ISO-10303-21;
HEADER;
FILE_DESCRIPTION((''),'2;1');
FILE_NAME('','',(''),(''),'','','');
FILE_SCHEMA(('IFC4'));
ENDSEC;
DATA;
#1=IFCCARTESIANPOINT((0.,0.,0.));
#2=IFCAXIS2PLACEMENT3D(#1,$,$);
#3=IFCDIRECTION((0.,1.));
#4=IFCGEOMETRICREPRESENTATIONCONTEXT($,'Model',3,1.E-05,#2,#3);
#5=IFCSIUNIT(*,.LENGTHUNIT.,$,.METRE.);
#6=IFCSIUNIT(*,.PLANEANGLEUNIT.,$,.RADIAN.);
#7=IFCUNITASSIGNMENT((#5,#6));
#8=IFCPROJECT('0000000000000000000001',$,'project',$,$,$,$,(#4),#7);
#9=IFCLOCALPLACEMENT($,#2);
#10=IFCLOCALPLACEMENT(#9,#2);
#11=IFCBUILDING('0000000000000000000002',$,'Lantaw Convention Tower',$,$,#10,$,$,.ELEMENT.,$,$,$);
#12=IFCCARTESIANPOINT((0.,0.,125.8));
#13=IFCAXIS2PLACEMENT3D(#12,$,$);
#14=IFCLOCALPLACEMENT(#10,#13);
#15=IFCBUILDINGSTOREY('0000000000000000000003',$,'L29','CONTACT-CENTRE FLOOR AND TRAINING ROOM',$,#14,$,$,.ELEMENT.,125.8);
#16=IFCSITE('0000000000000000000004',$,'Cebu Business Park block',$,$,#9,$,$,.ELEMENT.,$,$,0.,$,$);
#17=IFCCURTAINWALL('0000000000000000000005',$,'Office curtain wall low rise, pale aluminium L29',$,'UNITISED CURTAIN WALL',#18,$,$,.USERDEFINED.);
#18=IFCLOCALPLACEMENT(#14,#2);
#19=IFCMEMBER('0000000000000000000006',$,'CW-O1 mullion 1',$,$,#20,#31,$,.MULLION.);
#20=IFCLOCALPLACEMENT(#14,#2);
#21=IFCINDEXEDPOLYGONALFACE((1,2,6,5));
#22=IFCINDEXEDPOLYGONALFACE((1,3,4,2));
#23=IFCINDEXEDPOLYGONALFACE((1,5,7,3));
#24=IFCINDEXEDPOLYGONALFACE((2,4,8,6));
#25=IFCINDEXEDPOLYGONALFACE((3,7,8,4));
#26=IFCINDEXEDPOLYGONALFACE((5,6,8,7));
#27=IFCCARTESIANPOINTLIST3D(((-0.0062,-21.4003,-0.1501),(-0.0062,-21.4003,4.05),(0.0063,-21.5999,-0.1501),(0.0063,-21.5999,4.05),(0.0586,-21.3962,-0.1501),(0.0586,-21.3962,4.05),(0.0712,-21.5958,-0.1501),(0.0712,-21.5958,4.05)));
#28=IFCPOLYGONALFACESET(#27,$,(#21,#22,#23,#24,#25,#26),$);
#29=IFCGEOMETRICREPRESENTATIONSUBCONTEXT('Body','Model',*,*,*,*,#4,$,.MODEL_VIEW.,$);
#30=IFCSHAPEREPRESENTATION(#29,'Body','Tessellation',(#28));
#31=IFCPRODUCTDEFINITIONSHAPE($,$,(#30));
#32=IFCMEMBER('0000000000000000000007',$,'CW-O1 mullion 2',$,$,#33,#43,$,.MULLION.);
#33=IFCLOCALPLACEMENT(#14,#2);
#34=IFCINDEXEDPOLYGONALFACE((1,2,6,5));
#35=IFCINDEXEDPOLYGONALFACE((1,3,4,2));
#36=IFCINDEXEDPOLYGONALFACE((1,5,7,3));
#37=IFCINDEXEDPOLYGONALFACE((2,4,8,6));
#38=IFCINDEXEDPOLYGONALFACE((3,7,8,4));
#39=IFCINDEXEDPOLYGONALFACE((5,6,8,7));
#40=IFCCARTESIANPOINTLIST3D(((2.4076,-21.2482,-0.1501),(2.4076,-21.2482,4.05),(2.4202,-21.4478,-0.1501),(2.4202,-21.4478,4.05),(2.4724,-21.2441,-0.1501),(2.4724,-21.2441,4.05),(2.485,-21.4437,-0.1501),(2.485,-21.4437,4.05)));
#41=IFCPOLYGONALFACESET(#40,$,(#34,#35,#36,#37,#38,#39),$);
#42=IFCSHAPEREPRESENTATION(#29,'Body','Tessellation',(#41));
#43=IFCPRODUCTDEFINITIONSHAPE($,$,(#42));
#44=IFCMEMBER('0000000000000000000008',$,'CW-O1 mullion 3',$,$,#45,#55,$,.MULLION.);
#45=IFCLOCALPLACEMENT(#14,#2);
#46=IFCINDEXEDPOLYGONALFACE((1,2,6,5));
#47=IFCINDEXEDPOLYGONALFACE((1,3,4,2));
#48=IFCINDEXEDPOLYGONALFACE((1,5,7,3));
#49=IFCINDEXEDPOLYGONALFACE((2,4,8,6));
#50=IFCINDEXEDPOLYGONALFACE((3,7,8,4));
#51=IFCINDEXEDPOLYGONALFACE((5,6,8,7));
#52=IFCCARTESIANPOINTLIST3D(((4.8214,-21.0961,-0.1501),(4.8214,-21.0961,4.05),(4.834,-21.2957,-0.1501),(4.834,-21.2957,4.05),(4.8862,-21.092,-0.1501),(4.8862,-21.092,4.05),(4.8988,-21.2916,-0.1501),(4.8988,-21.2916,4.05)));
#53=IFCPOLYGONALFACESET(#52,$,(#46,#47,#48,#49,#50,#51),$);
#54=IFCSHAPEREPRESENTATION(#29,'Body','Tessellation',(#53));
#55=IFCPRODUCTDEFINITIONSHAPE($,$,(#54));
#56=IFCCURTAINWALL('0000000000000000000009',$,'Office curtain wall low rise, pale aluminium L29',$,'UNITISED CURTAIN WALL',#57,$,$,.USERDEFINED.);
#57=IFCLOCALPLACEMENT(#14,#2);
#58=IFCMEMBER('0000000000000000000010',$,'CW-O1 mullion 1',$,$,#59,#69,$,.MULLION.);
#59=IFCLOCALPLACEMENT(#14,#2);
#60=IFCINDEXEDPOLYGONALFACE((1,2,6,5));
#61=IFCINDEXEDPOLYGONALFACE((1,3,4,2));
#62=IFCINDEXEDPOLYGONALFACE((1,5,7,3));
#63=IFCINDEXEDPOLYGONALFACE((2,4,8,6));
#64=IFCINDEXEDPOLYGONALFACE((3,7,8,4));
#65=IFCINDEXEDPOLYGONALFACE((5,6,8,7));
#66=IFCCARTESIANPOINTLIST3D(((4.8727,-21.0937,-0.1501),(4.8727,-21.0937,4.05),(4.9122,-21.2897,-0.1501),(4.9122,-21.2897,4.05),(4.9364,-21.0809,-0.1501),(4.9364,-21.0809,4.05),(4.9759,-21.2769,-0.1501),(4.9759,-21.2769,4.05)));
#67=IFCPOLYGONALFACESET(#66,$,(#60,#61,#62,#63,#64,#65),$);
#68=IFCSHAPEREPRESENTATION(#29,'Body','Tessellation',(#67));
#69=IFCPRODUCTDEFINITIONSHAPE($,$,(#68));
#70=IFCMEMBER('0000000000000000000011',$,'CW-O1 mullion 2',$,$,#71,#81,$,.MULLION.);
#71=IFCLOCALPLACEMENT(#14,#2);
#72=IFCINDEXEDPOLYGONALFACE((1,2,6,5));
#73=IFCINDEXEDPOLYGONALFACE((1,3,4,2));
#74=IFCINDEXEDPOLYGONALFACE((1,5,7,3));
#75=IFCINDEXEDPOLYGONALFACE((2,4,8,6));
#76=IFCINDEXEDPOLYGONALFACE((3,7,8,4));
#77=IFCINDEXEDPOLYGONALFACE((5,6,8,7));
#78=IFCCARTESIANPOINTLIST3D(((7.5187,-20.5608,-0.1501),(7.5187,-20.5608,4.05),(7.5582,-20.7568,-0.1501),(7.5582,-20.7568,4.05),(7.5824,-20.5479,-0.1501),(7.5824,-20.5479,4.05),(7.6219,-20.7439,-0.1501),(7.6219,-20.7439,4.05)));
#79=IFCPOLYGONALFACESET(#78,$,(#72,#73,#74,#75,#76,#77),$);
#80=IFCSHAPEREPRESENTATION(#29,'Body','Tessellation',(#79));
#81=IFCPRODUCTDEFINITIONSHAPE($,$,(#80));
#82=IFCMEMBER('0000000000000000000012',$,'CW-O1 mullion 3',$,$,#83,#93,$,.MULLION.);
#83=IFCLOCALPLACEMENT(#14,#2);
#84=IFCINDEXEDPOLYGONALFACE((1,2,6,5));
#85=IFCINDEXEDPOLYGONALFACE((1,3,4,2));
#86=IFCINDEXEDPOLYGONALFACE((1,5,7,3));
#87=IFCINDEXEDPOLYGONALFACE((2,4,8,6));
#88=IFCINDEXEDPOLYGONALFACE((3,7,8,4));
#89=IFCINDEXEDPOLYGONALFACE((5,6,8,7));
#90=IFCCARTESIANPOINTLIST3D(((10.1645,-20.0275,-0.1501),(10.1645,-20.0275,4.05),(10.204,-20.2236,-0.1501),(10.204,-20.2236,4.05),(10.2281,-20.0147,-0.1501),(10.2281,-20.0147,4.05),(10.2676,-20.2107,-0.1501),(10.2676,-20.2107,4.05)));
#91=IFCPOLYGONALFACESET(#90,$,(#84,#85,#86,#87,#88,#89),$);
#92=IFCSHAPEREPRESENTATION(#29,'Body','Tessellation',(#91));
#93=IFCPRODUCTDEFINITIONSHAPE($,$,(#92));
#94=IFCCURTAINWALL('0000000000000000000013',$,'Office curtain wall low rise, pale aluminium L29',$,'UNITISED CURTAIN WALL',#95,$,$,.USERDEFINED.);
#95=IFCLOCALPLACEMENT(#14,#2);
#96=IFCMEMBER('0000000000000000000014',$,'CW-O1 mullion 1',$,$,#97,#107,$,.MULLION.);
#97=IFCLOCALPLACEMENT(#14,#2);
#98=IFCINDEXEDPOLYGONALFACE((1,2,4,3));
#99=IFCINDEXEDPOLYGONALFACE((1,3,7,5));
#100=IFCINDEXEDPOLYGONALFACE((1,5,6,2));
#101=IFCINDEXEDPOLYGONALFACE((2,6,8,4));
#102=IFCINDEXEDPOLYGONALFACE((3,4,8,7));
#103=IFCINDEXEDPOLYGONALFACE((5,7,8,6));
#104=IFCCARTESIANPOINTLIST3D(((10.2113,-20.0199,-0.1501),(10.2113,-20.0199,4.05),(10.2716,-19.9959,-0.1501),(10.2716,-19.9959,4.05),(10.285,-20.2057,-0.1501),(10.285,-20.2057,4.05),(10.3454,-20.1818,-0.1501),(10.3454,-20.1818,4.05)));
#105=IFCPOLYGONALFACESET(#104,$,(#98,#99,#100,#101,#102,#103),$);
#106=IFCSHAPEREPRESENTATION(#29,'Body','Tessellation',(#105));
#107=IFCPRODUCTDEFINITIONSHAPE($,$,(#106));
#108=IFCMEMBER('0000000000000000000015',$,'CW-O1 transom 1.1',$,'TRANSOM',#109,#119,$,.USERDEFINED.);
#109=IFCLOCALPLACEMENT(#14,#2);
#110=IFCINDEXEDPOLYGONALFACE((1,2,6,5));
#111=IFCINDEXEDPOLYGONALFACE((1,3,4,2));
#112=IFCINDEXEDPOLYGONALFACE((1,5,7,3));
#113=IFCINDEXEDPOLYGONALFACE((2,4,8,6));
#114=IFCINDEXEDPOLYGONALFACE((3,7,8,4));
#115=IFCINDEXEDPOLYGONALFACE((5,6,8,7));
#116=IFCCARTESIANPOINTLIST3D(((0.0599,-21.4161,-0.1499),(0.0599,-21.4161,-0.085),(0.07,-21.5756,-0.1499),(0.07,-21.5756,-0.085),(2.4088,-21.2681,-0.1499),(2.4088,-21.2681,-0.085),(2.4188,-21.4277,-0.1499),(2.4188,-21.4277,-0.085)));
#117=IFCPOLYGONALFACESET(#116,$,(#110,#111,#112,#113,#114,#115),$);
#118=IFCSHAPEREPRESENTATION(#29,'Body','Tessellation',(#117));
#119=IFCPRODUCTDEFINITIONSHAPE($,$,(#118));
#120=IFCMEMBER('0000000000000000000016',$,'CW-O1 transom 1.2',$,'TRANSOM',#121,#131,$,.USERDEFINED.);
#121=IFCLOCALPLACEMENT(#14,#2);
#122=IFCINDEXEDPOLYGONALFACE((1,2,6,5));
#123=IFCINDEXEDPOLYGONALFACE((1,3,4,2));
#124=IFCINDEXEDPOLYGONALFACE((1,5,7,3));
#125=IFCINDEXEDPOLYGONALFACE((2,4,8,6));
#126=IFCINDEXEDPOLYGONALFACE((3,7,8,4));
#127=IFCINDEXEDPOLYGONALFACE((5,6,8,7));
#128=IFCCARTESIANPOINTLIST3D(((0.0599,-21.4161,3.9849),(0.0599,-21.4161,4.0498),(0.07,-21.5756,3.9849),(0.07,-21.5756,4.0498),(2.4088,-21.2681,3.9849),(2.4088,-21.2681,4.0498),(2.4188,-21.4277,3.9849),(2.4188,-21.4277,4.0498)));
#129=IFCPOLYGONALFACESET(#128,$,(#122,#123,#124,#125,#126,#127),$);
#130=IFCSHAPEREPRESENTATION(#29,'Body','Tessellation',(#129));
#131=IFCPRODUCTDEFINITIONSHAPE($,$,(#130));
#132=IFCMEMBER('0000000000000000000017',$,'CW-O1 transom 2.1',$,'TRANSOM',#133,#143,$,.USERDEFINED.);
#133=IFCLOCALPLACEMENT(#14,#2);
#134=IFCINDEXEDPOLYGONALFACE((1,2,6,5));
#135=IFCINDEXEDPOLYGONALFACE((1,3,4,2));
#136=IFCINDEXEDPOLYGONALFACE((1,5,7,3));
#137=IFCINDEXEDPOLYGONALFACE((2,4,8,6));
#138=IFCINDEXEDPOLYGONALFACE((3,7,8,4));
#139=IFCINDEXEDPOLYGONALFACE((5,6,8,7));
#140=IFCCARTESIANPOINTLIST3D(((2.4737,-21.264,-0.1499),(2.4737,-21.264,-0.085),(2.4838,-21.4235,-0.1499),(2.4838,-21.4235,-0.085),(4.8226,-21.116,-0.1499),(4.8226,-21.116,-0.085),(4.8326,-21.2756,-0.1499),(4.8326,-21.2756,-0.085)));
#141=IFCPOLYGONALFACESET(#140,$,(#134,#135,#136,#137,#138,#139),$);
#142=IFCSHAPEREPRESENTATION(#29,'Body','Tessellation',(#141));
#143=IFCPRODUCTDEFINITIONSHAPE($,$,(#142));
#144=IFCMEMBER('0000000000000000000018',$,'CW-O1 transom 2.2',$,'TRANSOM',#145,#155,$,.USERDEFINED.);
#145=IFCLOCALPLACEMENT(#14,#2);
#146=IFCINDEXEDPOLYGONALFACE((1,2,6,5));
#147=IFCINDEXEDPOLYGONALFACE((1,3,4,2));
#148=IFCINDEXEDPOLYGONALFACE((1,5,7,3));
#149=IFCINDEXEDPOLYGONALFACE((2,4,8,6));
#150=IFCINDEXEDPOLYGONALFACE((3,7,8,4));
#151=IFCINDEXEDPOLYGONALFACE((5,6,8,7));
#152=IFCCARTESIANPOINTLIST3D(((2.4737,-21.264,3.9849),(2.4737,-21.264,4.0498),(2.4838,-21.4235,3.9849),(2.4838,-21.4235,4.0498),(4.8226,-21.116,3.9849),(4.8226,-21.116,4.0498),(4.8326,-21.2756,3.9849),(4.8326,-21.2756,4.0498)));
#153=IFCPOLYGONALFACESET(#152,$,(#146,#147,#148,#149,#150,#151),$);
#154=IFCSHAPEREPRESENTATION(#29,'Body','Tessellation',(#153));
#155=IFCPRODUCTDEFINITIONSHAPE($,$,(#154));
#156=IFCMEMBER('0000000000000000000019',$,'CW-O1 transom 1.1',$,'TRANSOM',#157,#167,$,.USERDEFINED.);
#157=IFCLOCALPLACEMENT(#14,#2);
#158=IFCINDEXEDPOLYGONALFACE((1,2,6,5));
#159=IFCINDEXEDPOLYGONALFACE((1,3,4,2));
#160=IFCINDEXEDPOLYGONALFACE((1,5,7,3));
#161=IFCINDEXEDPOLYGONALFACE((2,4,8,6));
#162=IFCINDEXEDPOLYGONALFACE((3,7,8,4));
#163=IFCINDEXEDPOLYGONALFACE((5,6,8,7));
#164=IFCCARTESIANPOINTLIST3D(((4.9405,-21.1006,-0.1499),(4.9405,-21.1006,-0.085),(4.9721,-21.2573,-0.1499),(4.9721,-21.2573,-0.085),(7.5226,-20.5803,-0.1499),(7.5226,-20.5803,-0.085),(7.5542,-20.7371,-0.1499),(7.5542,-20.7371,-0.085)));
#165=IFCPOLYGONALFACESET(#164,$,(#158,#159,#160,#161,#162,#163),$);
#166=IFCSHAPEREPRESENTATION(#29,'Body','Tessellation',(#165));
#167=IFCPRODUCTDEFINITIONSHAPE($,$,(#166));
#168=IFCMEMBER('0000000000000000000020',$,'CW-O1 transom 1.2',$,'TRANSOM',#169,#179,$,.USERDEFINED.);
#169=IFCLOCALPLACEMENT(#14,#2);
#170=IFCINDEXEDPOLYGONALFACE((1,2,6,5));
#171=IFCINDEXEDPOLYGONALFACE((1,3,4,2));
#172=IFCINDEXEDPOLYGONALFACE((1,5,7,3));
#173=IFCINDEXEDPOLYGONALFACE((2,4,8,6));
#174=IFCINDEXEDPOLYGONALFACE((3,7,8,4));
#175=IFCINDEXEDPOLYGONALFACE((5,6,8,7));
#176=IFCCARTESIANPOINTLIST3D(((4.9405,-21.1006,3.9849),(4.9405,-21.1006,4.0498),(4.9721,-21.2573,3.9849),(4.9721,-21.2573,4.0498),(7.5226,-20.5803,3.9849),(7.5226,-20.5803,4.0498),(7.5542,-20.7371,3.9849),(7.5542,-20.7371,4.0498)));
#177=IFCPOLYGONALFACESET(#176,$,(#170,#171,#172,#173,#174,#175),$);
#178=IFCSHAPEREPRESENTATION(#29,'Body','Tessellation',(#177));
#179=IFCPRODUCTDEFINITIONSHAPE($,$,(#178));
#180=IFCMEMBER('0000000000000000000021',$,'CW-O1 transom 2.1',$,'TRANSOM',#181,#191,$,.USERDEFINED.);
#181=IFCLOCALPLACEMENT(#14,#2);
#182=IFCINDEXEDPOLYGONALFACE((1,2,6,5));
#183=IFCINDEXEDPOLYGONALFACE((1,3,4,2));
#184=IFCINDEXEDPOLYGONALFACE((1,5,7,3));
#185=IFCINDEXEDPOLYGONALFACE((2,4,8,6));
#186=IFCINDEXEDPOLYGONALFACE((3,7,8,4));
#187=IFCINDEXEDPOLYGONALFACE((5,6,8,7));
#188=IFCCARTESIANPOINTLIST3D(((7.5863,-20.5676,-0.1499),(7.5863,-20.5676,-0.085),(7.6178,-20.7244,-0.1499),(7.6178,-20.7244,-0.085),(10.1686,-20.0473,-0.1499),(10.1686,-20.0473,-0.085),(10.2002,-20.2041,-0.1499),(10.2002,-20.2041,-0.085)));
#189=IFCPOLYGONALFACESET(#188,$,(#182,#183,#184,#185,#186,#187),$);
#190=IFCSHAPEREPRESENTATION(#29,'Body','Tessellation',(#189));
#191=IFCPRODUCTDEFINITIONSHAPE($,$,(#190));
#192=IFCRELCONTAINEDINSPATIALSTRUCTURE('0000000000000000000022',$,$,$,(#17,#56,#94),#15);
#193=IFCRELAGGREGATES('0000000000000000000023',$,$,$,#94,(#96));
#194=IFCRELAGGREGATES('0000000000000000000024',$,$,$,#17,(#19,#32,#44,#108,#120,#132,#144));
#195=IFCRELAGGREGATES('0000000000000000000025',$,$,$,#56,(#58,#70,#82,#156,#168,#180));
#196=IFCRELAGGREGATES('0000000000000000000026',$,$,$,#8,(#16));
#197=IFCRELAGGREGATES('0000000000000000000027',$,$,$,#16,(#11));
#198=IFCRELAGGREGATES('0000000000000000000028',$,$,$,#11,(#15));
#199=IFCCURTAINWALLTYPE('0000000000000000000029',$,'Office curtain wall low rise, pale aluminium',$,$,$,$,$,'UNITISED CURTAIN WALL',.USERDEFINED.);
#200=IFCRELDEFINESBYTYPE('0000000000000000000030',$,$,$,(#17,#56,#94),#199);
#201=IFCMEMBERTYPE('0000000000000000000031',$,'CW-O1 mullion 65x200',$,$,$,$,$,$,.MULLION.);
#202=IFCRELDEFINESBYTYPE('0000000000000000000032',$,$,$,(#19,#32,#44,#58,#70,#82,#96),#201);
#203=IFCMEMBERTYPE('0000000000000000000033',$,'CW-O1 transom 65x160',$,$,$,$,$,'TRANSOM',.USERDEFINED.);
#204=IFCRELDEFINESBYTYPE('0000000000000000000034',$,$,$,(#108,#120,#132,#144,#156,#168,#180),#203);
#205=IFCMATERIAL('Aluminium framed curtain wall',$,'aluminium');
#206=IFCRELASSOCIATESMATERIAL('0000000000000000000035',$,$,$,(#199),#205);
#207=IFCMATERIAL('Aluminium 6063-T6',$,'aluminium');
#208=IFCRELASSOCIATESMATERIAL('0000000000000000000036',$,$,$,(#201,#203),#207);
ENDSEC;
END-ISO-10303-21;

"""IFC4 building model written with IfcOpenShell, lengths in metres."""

from ifc_helpers import new_model, si_unit, direction, frame, origin, origin_2d, place, context, subcontext, project, spatial, rectangle, extrude, material, material_profile, profile_set, type_object, element, aggregate, save


model = new_model("IFC4")

# Units and contexts
model_context = context("Model", 3, precision=1e-05, world=origin(), true_north=direction((0.0, 1.0)))
body_context = subcontext(model_context, "Body", "Model", "MODEL_VIEW")
ifc_project = project(units=[si_unit("LENGTHUNIT", "METRE"), si_unit("PLANEANGLEUNIT", "RADIAN")], contexts=[model_context])

# Site, building, storey
site_placement = place(None, origin())
site = spatial("IfcSite", under=ifc_project, at=site_placement, Name="Cebu Business Park block", CompositionType="ELEMENT", RefElevation=0.0)
building_placement = place(site_placement, origin())
building = spatial("IfcBuilding", under=site, at=building_placement, Name="Lantaw Convention Tower", CompositionType="ELEMENT")
storey_placement = place(building_placement, frame((0.0, 0.0, 125.8)))
storey = spatial("IfcBuildingStorey", under=building, at=storey_placement, Name="L29", Description="CONTACT-CENTRE FLOOR AND TRAINING ROOM", CompositionType="ELEMENT", Elevation=125.8)

# Curtain walls, members
ifc_material_1 = material(Name="Aluminium framed curtain wall", Category="aluminium")
curtain_wall_type = type_object("IfcCurtainWallType", Name="Office curtain wall low rise, pale aluminium", ElementType="UNITISED CURTAIN WALL", PredefinedType="USERDEFINED", material=ifc_material_1)
curtain_wall_1_placement = place(storey_placement, origin())
curtain_wall_1 = element("IfcCurtainWall", 1, at=curtain_wall_1_placement, inside=storey, type_object=curtain_wall_type, Name="Office curtain wall low rise, pale aluminium L29", ObjectType="UNITISED CURTAIN WALL", PredefinedType="USERDEFINED")
ifc_material_2 = material(Name="Aluminium 6063-T6", Category="aluminium")
ifc_material_profile_1 = material_profile(ifc_material_2, rectangle(XDim=0.2, YDim=0.0649, at=origin_2d()), Name="CW-O1 mullion 65x200")
ifc_profile_set_1 = profile_set([ifc_material_profile_1], Name="Aluminium 6063-T6")
member_type_1 = type_object("IfcMemberType", Name="CW-O1 mullion 65x200", PredefinedType="MULLION", material=ifc_profile_set_1)
member_1_placement = place(storey_placement, frame((0.0325, -21.498, -0.1501), z_axis=(0.0, 0.0, 1.0), x_axis=(-0.062865, 0.998022, 0.0)))
member_1 = element("IfcMember", 2, at=member_1_placement, type_object=member_type_1, Name="CW-O1 mullion 1", PredefinedType="MULLION", context=body_context, shape_type="SweptSolid", body=[
    extrude(rectangle(XDim=0.2, YDim=0.0649, at=origin_2d()), origin(), (0.0, 0.0, 1.0), 4.2002),
])
member_2_placement = place(storey_placement, frame((2.4463, -21.3459, -0.1501), z_axis=(0.0, 0.0, 1.0), x_axis=(-0.062865, 0.998022, 0.0)))
member_2 = element("IfcMember", 3, at=member_2_placement, type_object=member_type_1, Name="CW-O1 mullion 2", PredefinedType="MULLION", context=body_context, shape_type="SweptSolid", body=[
    extrude(rectangle(XDim=0.2, YDim=0.0649, at=origin_2d()), origin(), (0.0, 0.0, 1.0), 4.2002),
])
member_3_placement = place(storey_placement, frame((4.8601, -21.1938, -0.1501), z_axis=(0.0, 0.0, 1.0), x_axis=(-0.062865, 0.998022, 0.0)))
member_3 = element("IfcMember", 4, at=member_3_placement, type_object=member_type_1, Name="CW-O1 mullion 3", PredefinedType="MULLION", context=body_context, shape_type="SweptSolid", body=[
    extrude(rectangle(XDim=0.2, YDim=0.0649, at=origin_2d()), origin(), (0.0, 0.0, 1.0), 4.2002),
])
curtain_wall_2_placement = place(storey_placement, origin())
curtain_wall_2 = element("IfcCurtainWall", 5, at=curtain_wall_2_placement, inside=storey, type_object=curtain_wall_type, Name="Office curtain wall low rise, pale aluminium L29", ObjectType="UNITISED CURTAIN WALL", PredefinedType="USERDEFINED")
member_4_placement = place(storey_placement, frame((4.9243, -21.1853, -0.1501), z_axis=(0.0, 0.0, 1.0), x_axis=(-0.197507, 0.980302, 0.0)))
member_4 = element("IfcMember", 6, at=member_4_placement, type_object=member_type_1, Name="CW-O1 mullion 1", PredefinedType="MULLION", context=body_context, shape_type="SweptSolid", body=[
    extrude(rectangle(XDim=0.2, YDim=0.0649, at=origin_2d()), origin(), (0.0, 0.0, 1.0), 4.2002),
])
member_5_placement = place(storey_placement, frame((7.5703, -20.6523, -0.1501), z_axis=(0.0, 0.0, 1.0), x_axis=(-0.197507, 0.980302, 0.0)))
member_5 = element("IfcMember", 7, at=member_5_placement, type_object=member_type_1, Name="CW-O1 mullion 2", PredefinedType="MULLION", context=body_context, shape_type="SweptSolid", body=[
    extrude(rectangle(XDim=0.2, YDim=0.0649, at=origin_2d()), origin(), (0.0, 0.0, 1.0), 4.2002),
])
member_6_placement = place(storey_placement, frame((10.2161, -20.1191, -0.1501), z_axis=(0.0, 0.0, 1.0), x_axis=(-0.197507, 0.980302, 0.0)))
member_6 = element("IfcMember", 8, at=member_6_placement, type_object=member_type_1, Name="CW-O1 mullion 3", PredefinedType="MULLION", context=body_context, shape_type="SweptSolid", body=[
    extrude(rectangle(XDim=0.2, YDim=0.0649, at=origin_2d()), origin(), (0.0, 0.0, 1.0), 4.2002),
])

# Curtain wall, member
curtain_wall_3_placement = place(storey_placement, origin())
curtain_wall_3 = element("IfcCurtainWall", 9, at=curtain_wall_3_placement, inside=storey, type_object=curtain_wall_type, Name="Office curtain wall low rise, pale aluminium L29", ObjectType="UNITISED CURTAIN WALL", PredefinedType="USERDEFINED")
member_7_placement = place(storey_placement, frame((10.2783, -20.1008, -0.1501), z_axis=(0.0, 0.0, 1.0), x_axis=(-0.368702, 0.929548, 0.0)))
member_7 = element("IfcMember", 10, at=member_7_placement, type_object=member_type_1, Name="CW-O1 mullion 1", PredefinedType="MULLION", context=body_context, shape_type="SweptSolid", body=[
    extrude(rectangle(XDim=0.2, YDim=0.0649, at=origin_2d()), origin(), (0.0, 0.0, 1.0), 4.2002),
])

# Members
ifc_material_profile_2 = material_profile(ifc_material_2, rectangle(XDim=0.1599, YDim=0.0649, at=origin_2d()), Name="CW-O1 transom 65x160")
ifc_profile_set_2 = profile_set([ifc_material_profile_2], Name="Aluminium 6063-T6")
member_type_2 = type_object("IfcMemberType", Name="CW-O1 transom 65x160", ElementType="TRANSOM", PredefinedType="USERDEFINED", material=ifc_profile_set_2)
member_8_placement = place(storey_placement, frame((0.0649, -21.4958, -0.1174), z_axis=(0.998022, 0.062863, 0.0), x_axis=(-0.062863, 0.998022, 0.0)))
member_8 = element("IfcMember", 11, at=member_8_placement, type_object=member_type_2, Name="CW-O1 transom 1.1", ObjectType="TRANSOM", PredefinedType="USERDEFINED", context=body_context, shape_type="SweptSolid", body=[
    extrude(rectangle(XDim=0.1599, YDim=0.0649, at=origin_2d()), origin(), (0.0, 0.0, 1.0), 2.3535),
])
member_9_placement = place(storey_placement, frame((0.0649, -21.4958, 4.0173), z_axis=(0.998022, 0.062863, 0.0), x_axis=(-0.062863, 0.998022, 0.0)))
member_9 = element("IfcMember", 12, at=member_9_placement, type_object=member_type_2, Name="CW-O1 transom 1.2", ObjectType="TRANSOM", PredefinedType="USERDEFINED", context=body_context, shape_type="SweptSolid", body=[
    extrude(rectangle(XDim=0.1599, YDim=0.0649, at=origin_2d()), origin(), (0.0, 0.0, 1.0), 2.3535),
])
member_10_placement = place(storey_placement, frame((2.4788, -21.3438, -0.1174), z_axis=(0.998022, 0.062863, 0.0), x_axis=(-0.062863, 0.998022, 0.0)))
member_10 = element("IfcMember", 13, at=member_10_placement, type_object=member_type_2, Name="CW-O1 transom 2.1", ObjectType="TRANSOM", PredefinedType="USERDEFINED", context=body_context, shape_type="SweptSolid", body=[
    extrude(rectangle(XDim=0.1599, YDim=0.0649, at=origin_2d()), origin(), (0.0, 0.0, 1.0), 2.3535),
])
member_11_placement = place(storey_placement, frame((2.4788, -21.3438, 4.0173), z_axis=(0.998022, 0.062863, 0.0), x_axis=(-0.062863, 0.998022, 0.0)))
member_11 = element("IfcMember", 14, at=member_11_placement, type_object=member_type_2, Name="CW-O1 transom 2.2", ObjectType="TRANSOM", PredefinedType="USERDEFINED", context=body_context, shape_type="SweptSolid", body=[
    extrude(rectangle(XDim=0.1599, YDim=0.0649, at=origin_2d()), origin(), (0.0, 0.0, 1.0), 2.3535),
])
member_12_placement = place(storey_placement, frame((4.9563, -21.179, -0.1174), z_axis=(0.980298, 0.197524, 0.0), x_axis=(-0.197524, 0.980298, 0.0)))
member_12 = element("IfcMember", 15, at=member_12_placement, type_object=member_type_2, Name="CW-O1 transom 1.1", ObjectType="TRANSOM", PredefinedType="USERDEFINED", context=body_context, shape_type="SweptSolid", body=[
    extrude(rectangle(XDim=0.1599, YDim=0.0649, at=origin_2d()), origin(), (0.0, 0.0, 1.0), 2.634),
])
member_13_placement = place(storey_placement, frame((4.9563, -21.179, 4.0173), z_axis=(0.980298, 0.197524, 0.0), x_axis=(-0.197524, 0.980298, 0.0)))
member_13 = element("IfcMember", 16, at=member_13_placement, type_object=member_type_2, Name="CW-O1 transom 1.2", ObjectType="TRANSOM", PredefinedType="USERDEFINED", context=body_context, shape_type="SweptSolid", body=[
    extrude(rectangle(XDim=0.1599, YDim=0.0649, at=origin_2d()), origin(), (0.0, 0.0, 1.0), 2.634),
])
member_14_placement = place(storey_placement, frame((7.6021, -20.646, -0.1174), z_axis=(0.980302, 0.197506, 0.0), x_axis=(-0.197506, 0.980302, 0.0)))
member_14 = element("IfcMember", 17, at=member_14_placement, type_object=member_type_2, Name="CW-O1 transom 2.1", ObjectType="TRANSOM", PredefinedType="USERDEFINED", context=body_context, shape_type="SweptSolid", body=[
    extrude(rectangle(XDim=0.1599, YDim=0.0649, at=origin_2d()), origin(), (0.0, 0.0, 1.0), 2.6343),
])
aggregate(curtain_wall_3, [member_7])

aggregate(curtain_wall_1, [member_1, member_2, member_3, member_8, member_9, member_10, member_11])
aggregate(curtain_wall_2, [member_4, member_5, member_6, member_12, member_13, member_14])

save(model, "model.ifc")
